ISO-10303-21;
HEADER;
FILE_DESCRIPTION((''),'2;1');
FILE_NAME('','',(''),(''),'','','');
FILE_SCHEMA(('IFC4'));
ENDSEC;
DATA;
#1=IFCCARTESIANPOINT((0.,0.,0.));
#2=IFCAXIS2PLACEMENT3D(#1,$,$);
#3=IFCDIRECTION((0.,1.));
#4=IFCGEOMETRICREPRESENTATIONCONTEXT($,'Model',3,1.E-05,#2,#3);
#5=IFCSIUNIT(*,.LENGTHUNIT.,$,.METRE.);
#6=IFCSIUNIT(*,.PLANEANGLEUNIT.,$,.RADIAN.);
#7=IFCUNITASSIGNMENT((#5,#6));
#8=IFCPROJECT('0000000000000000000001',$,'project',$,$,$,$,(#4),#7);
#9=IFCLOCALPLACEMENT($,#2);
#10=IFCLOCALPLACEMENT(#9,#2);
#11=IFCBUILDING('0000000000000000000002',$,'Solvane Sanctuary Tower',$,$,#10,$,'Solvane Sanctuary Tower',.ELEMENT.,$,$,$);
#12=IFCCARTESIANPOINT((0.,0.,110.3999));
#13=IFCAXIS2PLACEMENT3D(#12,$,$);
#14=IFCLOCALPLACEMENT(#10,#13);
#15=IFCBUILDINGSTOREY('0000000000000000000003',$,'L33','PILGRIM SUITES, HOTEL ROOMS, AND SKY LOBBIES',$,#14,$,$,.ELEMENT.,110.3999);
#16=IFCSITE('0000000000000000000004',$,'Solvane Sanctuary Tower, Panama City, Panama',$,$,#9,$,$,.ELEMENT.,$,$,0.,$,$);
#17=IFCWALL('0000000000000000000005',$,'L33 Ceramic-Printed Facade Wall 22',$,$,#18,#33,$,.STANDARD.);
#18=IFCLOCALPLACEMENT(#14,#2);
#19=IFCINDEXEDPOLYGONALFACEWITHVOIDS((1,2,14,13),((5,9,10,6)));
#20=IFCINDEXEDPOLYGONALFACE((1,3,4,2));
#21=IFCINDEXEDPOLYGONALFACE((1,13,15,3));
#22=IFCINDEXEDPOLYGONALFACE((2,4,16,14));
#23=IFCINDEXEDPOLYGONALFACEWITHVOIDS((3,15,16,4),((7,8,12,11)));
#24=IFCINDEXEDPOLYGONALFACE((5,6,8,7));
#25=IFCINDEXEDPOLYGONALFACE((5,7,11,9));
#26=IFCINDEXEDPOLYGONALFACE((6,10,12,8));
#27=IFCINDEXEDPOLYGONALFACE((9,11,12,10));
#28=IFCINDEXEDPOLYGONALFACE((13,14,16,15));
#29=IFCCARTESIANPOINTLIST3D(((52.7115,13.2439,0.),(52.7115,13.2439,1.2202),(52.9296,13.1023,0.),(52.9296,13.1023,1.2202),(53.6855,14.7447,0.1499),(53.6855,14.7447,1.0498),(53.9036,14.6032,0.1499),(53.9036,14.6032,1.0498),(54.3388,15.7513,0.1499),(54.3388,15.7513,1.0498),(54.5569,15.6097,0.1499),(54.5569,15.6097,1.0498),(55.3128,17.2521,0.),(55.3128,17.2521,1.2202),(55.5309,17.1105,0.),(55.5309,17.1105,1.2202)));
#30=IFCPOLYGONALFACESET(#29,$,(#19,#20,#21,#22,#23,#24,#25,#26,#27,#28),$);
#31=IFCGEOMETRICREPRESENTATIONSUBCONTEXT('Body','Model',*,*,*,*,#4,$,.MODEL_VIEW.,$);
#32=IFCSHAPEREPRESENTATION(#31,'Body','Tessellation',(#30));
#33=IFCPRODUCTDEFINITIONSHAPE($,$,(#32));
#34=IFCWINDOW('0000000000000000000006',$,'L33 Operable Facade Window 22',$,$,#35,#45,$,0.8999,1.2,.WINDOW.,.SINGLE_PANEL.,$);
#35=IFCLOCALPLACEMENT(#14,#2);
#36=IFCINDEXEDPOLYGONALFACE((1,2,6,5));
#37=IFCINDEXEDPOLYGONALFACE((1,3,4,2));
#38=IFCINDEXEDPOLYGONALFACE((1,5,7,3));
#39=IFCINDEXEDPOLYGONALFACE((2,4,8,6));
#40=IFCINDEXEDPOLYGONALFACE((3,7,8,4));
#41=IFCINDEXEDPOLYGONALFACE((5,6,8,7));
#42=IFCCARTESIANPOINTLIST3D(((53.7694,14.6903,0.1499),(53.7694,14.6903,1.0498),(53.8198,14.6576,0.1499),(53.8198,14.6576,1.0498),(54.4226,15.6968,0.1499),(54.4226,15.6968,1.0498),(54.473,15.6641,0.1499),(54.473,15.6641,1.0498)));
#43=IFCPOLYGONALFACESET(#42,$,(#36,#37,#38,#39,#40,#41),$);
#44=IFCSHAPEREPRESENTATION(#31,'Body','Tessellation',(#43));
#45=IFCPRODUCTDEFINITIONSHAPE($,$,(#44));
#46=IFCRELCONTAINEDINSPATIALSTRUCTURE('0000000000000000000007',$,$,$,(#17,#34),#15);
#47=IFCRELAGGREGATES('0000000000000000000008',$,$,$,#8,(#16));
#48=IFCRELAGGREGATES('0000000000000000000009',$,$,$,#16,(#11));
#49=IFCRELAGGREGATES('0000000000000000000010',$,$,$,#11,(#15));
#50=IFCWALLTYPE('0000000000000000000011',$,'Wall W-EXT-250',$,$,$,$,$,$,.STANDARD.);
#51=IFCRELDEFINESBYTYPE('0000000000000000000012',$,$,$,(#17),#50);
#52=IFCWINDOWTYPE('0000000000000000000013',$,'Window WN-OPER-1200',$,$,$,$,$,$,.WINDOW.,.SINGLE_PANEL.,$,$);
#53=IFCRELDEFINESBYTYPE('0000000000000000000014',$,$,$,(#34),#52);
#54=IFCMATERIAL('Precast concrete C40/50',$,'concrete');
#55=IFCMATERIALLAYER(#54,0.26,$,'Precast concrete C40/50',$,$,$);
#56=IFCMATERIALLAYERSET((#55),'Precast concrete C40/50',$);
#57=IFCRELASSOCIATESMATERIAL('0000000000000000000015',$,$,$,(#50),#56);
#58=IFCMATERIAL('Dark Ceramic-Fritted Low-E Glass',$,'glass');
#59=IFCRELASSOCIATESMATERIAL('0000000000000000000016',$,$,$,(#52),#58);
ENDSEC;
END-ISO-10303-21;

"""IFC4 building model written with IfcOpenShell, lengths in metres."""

from ifc_helpers import new_model, si_unit, direction, frame, frame_2d, origin, place, context, subcontext, project, spatial, rectangle, extrude, material, layer, layer_set, type_object, element, fill, save


model = new_model("IFC4")

# Units and contexts
model_context = context("Model", 3, precision=1e-05, world=origin(), true_north=direction((0.0, 1.0)))
body_context = subcontext(model_context, "Body", "Model", "MODEL_VIEW")
ifc_project = project(units=[si_unit("LENGTHUNIT", "METRE"), si_unit("PLANEANGLEUNIT", "RADIAN")], contexts=[model_context])

# Site, building, storey
site_placement = place(None, origin())
site = spatial("IfcSite", under=ifc_project, at=site_placement, Name="Solvane Sanctuary Tower, Panama City, Panama", CompositionType="ELEMENT", RefElevation=0.0)
building_placement = place(site_placement, origin())
building = spatial("IfcBuilding", under=site, at=building_placement, Name="Solvane Sanctuary Tower", LongName="Solvane Sanctuary Tower", CompositionType="ELEMENT")
storey_placement = place(building_placement, frame((0.0, 0.0, 110.3999)))
storey = spatial("IfcBuildingStorey", under=building, at=storey_placement, Name="L33", Description="PILGRIM SUITES, HOTEL ROOMS, AND SKY LOBBIES", CompositionType="ELEMENT", Elevation=110.3999)

# Shared definitions
ifc_material_1 = material(Name="Precast concrete C40/50", Category="concrete")
ifc_layer_1 = layer(ifc_material_1, 0.26, Name="Precast concrete C40/50")
ifc_layer_set_1 = layer_set([ifc_layer_1], Name="Precast concrete C40/50")
wall_type_1 = type_object("IfcWallType", Name="Wall W-EXT-250", PredefinedType="STANDARD", material=ifc_layer_set_1)
ifc_material_2 = material(Name="Dark Ceramic-Fritted Low-E Glass", Category="glass")
window_type = type_object("IfcWindowType", Name="Window WN-OPER-1200", PartitioningType="SINGLE_PANEL", PredefinedType="WINDOW", material=ifc_material_2)

# Wall, opening, window
wall_1_placement = place(storey_placement, frame((52.8206, 13.1731, 0.0), z_axis=(0.0, 0.0, 1.0), x_axis=(0.544388, 0.838833, 0.0)))
wall_1 = element("IfcWall", 1, at=wall_1_placement, inside=storey, type_object=wall_type_1, Name="L33 Ceramic-Printed Facade Wall 22", PredefinedType="STANDARD", context=body_context, shape_type="SweptSolid", body=[
    extrude(rectangle(XDim=4.7783, YDim=0.26, at=frame_2d((2.3892, 0.0))), origin(), (0.0, 0.0, 1.0), 1.2202),
])
opening_1_placement = place(wall_1_placement, frame((1.7891, 0.0, 0.1499)))
opening_1 = element("IfcOpeningElement", 2, at=opening_1_placement, cuts=wall_1, PredefinedType="OPENING", context=body_context, shape_type="SweptSolid", body=[
    extrude(rectangle(XDim=1.2, YDim=0.8999, at=frame_2d((0.6001, 0.45))), frame((0.0, 0.1399, 0.0), z_axis=(0.0, -1.0, 0.0), x_axis=(1.0, 0.0, 0.0)), (0.0, 0.0, 1.0), 0.28),
])
window_1_placement = place(opening_1_placement, origin())
window_1 = element("IfcWindow", 3, at=window_1_placement, inside=storey, type_object=window_type, Name="L33 Operable Facade Window 22", OverallHeight=0.8999, OverallWidth=1.2, PartitioningType="SINGLE_PANEL", PredefinedType="WINDOW", context=body_context, shape_type="SweptSolid", body=[
    extrude(rectangle(XDim=1.2, YDim=0.8999, at=frame_2d((0.6001, 0.45))), frame((0.0, 0.03, 0.0), z_axis=(0.0, -1.0, 0.0), x_axis=(1.0, 0.0, 0.0)), (0.0, 0.0, 1.0), 0.0601),
])
fill(opening_1, window_1)

save(model, "model.ifc")
